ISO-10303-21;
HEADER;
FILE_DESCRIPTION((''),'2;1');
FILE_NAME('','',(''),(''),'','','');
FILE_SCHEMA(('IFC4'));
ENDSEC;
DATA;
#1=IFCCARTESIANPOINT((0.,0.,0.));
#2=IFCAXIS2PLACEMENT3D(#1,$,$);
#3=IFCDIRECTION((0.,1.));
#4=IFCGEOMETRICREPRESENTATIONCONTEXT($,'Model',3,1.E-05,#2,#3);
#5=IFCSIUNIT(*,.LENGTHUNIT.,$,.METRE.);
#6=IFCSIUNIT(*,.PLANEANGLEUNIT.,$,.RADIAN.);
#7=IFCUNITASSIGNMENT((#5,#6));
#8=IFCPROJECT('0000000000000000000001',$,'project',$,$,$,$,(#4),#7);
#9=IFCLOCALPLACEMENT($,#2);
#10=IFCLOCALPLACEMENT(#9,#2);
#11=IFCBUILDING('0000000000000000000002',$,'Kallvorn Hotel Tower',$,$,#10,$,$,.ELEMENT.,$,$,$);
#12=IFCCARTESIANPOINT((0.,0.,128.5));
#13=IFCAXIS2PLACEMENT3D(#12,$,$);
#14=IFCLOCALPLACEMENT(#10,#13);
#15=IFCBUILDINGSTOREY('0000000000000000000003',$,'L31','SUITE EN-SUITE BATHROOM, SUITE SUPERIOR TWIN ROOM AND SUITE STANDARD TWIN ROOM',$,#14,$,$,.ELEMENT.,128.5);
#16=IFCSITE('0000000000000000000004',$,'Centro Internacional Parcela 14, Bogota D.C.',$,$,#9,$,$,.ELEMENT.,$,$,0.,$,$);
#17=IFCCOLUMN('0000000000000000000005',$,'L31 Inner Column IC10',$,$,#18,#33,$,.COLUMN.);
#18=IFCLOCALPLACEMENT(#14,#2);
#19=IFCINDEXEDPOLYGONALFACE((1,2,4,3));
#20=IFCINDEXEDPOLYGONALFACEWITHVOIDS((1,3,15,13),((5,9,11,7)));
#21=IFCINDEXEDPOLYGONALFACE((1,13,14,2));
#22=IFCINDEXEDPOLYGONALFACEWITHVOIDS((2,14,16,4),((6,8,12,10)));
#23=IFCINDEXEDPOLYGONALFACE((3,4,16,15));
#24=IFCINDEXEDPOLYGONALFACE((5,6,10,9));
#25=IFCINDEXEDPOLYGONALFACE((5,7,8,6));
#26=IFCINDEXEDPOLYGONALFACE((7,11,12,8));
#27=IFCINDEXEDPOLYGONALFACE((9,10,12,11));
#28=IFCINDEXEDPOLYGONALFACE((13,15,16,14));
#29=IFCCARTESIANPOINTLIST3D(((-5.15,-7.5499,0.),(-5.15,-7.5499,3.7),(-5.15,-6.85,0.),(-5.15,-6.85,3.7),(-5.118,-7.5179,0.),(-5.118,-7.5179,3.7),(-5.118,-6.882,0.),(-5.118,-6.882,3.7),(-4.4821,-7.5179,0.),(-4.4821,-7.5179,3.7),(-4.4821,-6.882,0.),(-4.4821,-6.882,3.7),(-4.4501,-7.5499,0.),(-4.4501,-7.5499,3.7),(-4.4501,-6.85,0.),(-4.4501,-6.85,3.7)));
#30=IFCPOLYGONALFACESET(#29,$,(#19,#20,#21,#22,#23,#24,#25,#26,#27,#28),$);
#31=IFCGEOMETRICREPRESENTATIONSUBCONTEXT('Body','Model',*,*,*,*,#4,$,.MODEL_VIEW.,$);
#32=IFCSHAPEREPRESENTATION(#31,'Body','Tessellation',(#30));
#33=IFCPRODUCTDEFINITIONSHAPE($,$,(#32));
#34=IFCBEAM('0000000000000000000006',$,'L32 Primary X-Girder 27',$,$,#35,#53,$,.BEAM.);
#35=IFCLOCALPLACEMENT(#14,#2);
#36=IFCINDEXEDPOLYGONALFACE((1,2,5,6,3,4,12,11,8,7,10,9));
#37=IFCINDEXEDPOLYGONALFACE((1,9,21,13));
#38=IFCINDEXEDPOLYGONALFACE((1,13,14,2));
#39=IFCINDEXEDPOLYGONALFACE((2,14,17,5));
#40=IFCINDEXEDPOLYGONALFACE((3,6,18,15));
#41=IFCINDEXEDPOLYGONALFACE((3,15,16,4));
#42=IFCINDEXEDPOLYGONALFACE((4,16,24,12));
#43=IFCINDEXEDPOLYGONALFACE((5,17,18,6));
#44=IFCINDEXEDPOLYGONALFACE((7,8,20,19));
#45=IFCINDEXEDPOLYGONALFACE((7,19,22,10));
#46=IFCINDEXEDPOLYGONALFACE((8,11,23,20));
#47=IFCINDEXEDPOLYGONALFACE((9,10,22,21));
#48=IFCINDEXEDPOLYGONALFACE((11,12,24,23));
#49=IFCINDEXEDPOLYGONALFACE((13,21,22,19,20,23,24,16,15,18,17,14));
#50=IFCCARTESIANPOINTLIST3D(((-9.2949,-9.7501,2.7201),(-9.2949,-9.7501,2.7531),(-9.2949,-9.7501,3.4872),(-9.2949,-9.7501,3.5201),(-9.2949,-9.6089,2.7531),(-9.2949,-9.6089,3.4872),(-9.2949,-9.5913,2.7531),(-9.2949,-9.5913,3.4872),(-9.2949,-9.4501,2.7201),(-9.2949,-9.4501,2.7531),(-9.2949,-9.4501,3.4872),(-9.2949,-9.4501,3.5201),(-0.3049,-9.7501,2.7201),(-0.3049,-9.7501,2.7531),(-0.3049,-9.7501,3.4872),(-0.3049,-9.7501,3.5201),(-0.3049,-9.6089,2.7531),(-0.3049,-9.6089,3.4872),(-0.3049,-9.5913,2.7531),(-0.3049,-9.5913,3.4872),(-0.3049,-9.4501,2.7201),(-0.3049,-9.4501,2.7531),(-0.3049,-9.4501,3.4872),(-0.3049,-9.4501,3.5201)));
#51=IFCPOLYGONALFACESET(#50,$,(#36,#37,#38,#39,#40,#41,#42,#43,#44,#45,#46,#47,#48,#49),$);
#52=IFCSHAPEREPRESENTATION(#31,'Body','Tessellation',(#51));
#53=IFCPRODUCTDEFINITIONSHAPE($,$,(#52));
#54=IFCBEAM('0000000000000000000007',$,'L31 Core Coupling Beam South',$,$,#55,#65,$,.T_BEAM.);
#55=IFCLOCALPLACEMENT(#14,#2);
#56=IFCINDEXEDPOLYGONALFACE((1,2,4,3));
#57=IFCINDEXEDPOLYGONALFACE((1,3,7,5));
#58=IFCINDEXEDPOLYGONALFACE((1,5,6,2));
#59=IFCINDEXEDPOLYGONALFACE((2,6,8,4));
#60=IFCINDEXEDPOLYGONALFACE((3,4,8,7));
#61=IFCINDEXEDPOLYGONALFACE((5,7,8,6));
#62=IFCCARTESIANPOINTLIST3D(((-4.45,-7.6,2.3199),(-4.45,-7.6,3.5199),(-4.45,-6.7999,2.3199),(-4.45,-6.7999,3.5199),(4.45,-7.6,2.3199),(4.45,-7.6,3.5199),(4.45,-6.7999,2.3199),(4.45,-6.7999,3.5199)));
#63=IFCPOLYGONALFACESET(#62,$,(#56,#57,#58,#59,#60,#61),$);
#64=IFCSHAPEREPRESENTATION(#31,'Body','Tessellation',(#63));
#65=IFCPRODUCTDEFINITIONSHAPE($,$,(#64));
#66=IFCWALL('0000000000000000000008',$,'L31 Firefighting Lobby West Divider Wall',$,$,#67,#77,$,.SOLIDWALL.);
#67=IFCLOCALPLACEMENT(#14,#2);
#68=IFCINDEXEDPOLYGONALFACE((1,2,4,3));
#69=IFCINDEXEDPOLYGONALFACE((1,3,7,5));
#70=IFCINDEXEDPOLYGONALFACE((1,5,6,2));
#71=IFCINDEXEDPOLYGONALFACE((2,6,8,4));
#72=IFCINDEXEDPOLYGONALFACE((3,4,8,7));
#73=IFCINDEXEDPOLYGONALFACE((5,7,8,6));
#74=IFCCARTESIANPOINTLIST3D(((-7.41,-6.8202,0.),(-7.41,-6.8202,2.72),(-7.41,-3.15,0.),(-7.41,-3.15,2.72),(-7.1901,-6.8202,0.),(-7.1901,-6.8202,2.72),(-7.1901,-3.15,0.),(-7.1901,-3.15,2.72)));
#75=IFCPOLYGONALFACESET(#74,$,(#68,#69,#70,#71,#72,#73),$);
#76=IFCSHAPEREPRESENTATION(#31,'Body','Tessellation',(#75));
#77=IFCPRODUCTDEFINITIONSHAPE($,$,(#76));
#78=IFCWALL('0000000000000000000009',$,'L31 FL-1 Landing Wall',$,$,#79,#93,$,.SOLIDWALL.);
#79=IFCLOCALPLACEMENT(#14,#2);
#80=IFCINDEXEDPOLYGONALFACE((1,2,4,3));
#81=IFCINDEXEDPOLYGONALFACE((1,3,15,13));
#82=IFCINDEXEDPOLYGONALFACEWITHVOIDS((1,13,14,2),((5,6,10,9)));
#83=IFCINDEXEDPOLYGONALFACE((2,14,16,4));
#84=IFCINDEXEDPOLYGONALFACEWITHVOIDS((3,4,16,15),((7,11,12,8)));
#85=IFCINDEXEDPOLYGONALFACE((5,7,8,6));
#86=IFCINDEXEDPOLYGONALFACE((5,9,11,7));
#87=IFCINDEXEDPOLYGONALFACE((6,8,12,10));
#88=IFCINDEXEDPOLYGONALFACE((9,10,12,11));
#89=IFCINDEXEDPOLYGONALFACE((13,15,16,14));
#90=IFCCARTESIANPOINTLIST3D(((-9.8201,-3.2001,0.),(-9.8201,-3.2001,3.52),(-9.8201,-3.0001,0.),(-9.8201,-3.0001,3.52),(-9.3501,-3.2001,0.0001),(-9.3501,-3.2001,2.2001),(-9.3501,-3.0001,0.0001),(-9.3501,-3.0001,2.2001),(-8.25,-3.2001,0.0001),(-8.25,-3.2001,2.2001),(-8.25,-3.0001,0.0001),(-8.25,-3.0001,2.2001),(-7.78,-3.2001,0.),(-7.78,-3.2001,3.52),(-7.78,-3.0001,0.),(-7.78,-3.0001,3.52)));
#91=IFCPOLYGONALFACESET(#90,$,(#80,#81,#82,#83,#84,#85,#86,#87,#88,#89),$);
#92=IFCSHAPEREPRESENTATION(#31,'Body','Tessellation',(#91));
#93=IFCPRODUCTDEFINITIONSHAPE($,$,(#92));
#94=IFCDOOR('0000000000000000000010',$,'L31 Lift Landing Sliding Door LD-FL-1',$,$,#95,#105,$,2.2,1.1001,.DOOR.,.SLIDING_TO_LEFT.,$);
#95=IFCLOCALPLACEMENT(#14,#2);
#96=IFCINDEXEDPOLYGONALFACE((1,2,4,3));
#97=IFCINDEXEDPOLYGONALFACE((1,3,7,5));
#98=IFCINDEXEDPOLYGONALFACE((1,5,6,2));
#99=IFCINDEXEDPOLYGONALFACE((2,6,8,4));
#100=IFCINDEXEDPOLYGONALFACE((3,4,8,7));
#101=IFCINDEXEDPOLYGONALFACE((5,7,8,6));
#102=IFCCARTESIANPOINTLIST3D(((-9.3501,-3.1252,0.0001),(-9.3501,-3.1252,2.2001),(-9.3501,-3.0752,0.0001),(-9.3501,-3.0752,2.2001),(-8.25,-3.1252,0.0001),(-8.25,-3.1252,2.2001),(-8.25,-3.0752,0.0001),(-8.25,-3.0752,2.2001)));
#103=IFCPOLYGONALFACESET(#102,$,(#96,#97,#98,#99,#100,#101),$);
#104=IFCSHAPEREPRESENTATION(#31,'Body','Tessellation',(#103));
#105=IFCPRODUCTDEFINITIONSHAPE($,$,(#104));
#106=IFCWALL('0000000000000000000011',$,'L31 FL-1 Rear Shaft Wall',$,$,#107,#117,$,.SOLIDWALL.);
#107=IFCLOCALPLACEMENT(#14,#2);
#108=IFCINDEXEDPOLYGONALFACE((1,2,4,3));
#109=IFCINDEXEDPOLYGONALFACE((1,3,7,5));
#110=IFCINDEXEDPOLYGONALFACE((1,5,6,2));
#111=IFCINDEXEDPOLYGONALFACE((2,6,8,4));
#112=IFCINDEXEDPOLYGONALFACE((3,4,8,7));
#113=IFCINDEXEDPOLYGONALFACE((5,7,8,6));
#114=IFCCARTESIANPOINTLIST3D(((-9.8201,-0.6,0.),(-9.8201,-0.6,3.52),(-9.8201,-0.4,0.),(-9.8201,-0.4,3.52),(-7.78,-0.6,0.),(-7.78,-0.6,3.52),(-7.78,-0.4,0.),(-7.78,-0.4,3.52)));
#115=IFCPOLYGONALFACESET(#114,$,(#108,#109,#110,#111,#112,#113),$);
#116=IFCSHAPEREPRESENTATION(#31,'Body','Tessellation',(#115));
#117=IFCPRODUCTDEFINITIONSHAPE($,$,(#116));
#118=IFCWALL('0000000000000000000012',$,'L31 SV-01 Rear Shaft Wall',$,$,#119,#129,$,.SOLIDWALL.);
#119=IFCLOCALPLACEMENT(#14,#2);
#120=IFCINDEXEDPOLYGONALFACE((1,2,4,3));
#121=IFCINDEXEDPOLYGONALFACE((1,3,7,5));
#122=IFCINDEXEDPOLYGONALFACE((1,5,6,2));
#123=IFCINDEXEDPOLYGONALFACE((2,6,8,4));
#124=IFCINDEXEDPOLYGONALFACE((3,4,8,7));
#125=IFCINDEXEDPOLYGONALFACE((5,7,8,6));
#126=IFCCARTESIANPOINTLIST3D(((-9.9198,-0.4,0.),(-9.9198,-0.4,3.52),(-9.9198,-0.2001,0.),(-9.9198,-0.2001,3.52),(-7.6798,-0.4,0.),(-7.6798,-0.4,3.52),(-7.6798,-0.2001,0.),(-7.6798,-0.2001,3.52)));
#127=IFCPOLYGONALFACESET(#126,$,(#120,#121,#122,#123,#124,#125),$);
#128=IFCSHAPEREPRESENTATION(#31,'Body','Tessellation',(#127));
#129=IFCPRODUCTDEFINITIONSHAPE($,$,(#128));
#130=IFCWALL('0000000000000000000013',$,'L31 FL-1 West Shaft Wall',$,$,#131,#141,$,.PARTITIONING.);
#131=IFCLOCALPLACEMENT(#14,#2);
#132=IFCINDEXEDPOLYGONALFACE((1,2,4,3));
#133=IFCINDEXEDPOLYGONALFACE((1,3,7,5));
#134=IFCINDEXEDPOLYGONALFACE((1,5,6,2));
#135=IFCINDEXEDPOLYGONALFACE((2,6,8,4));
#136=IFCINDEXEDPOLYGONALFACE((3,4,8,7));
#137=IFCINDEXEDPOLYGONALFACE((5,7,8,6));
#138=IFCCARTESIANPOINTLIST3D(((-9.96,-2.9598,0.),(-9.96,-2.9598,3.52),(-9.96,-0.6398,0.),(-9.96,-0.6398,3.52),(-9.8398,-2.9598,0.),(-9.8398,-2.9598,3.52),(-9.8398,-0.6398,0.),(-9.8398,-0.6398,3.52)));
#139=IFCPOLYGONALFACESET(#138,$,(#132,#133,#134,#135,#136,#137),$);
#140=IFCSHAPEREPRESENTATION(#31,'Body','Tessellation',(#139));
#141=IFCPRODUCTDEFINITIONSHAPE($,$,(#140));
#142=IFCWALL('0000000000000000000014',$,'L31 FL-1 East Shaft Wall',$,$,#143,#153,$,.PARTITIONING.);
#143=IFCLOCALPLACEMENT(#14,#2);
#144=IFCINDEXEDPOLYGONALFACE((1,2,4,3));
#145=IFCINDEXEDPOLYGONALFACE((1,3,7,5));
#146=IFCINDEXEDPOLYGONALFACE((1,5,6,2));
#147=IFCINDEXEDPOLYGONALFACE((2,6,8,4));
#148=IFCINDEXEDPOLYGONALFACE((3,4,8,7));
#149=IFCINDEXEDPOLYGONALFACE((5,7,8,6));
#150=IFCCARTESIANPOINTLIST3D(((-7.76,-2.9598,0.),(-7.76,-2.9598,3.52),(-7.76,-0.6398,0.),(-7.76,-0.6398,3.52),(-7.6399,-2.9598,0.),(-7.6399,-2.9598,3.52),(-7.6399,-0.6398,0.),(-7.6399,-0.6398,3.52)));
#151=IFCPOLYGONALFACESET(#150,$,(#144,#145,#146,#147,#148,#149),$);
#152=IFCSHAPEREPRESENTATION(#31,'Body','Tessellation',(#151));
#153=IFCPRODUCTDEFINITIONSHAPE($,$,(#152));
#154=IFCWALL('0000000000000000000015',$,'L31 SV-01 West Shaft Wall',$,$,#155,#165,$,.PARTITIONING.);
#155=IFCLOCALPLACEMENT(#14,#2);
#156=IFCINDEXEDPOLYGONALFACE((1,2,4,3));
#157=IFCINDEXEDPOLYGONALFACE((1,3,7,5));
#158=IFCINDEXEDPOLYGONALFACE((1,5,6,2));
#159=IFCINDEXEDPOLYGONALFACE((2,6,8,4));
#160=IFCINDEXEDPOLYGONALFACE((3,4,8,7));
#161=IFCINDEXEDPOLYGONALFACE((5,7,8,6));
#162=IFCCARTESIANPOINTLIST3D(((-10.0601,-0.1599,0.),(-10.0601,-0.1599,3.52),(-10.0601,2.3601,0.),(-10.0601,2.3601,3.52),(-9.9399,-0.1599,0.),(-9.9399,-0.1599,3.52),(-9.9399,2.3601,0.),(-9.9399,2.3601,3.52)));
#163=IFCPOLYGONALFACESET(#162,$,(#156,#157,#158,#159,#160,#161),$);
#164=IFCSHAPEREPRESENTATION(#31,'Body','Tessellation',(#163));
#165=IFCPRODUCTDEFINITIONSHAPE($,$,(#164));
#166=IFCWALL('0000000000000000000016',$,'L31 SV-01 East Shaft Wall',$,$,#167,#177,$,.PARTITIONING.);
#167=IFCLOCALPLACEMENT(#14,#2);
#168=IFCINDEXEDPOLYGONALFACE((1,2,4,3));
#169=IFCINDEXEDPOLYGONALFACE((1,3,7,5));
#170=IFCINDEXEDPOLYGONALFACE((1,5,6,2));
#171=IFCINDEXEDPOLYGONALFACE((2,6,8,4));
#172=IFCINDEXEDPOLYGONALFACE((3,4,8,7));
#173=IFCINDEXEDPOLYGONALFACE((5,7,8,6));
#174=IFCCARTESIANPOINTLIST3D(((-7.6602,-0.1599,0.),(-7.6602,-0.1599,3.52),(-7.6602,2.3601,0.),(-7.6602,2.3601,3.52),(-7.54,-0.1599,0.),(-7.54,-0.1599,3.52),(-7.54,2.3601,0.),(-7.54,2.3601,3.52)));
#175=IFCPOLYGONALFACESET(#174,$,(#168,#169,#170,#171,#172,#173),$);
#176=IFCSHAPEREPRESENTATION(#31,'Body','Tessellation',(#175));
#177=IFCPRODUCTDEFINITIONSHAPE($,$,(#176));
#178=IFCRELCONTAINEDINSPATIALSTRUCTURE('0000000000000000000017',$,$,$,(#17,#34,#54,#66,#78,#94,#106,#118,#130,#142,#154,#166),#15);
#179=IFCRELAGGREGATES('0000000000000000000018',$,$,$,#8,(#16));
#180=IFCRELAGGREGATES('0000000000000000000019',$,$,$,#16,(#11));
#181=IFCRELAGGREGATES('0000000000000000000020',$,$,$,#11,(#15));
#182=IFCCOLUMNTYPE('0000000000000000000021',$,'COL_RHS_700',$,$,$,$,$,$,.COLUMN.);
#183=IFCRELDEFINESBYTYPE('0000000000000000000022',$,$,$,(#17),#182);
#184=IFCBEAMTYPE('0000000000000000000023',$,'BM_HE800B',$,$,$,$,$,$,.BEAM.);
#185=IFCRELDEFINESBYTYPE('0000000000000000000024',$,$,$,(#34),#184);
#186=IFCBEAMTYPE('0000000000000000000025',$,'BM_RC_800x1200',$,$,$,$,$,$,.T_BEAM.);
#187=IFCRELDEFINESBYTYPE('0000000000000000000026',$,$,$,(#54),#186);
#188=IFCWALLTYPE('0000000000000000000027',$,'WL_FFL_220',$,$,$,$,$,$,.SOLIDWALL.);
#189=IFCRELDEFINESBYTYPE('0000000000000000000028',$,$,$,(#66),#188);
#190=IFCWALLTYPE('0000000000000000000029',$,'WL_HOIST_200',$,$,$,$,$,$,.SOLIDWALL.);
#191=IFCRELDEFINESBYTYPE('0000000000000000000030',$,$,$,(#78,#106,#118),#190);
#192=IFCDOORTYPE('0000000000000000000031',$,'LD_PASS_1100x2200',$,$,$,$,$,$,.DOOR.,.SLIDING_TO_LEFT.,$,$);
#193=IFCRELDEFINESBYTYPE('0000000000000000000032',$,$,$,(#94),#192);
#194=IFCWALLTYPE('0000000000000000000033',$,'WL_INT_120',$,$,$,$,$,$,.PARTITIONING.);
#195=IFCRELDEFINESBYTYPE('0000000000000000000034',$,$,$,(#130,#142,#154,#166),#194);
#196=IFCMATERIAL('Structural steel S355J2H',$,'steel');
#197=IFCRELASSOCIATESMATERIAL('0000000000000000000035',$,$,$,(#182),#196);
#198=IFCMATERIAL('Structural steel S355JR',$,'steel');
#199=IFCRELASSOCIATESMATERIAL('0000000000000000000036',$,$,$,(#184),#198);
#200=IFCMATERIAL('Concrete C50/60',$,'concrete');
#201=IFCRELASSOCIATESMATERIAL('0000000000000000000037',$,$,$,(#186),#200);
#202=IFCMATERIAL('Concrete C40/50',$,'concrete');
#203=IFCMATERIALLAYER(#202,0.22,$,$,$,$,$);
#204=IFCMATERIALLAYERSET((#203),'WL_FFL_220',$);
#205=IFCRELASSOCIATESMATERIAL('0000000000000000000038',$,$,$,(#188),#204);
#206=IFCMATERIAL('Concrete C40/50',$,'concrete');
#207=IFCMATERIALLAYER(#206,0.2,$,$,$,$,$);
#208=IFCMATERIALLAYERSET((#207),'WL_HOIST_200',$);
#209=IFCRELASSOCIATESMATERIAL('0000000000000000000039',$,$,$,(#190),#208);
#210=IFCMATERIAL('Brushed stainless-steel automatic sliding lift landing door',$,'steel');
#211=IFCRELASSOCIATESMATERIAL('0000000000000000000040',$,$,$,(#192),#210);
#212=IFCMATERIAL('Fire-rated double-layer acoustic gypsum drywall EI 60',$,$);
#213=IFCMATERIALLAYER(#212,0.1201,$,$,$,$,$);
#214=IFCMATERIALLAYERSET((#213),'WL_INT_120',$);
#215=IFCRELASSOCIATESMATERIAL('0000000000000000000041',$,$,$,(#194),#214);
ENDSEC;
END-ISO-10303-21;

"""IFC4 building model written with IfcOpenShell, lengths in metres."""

from ifc_helpers import new_model, si_unit, direction, frame, frame_2d, origin, origin_2d, place, context, subcontext, project, spatial, rectangle, hollow_rectangle, i_section, extrude, material, layer, layer_set, material_profile, profile_set, type_object, element, fill, save


model = new_model("IFC4")

# Units and contexts
model_context = context("Model", 3, precision=1e-05, world=origin(), true_north=direction((0.0, 1.0)))
body_context = subcontext(model_context, "Body", "Model", "MODEL_VIEW")
ifc_project = project(units=[si_unit("LENGTHUNIT", "METRE"), si_unit("PLANEANGLEUNIT", "RADIAN")], contexts=[model_context])

# Site, building, storey
site_placement = place(None, origin())
site = spatial("IfcSite", under=ifc_project, at=site_placement, Name="Centro Internacional Parcela 14, Bogota D.C.", CompositionType="ELEMENT", RefElevation=0.0)
building_placement = place(site_placement, origin())
building = spatial("IfcBuilding", under=site, at=building_placement, Name="Kallvorn Hotel Tower", CompositionType="ELEMENT")
storey_placement = place(building_placement, frame((0.0, 0.0, 128.5)))
storey = spatial("IfcBuildingStorey", under=building, at=storey_placement, Name="L31", Description="SUITE EN-SUITE BATHROOM, SUITE SUPERIOR TWIN ROOM AND SUITE STANDARD TWIN ROOM", CompositionType="ELEMENT", Elevation=128.5)

# Column
ifc_material_1 = material(Name="Structural steel S355J2H", Category="steel")
ifc_material_profile_1 = material_profile(ifc_material_1, hollow_rectangle(XDim=0.7, YDim=0.7, WallThickness=0.032, at=origin_2d()), Name="RHS 700x700x32")
ifc_profile_set_1 = profile_set([ifc_material_profile_1], Name="Structural steel S355J2H")
column_type = type_object("IfcColumnType", Name="COL_RHS_700", PredefinedType="COLUMN", material=ifc_profile_set_1)
column_placement = place(storey_placement, frame((-4.8, -7.2, 0.0), z_axis=(0.0, 0.0, 1.0), x_axis=(1.0, 0.0, 0.0)))
element("IfcColumn", 1, at=column_placement, inside=storey, type_object=column_type, Name="L31 Inner Column IC10", PredefinedType="COLUMN", context=body_context, shape_type="SweptSolid", body=[
    extrude(hollow_rectangle(XDim=0.7, YDim=0.7, WallThickness=0.032, at=origin_2d()), origin(), (0.0, 0.0, 1.0), 3.7),
])

# Beams
ifc_material_2 = material(Name="Structural steel S355JR", Category="steel")
ifc_material_profile_2 = material_profile(ifc_material_2, i_section(OverallWidth=0.3, OverallDepth=0.8, WebThickness=0.0176, FlangeThickness=0.033, at=origin_2d()), Name="HE 800 B")
ifc_profile_set_2 = profile_set([ifc_material_profile_2], Name="Structural steel S355JR")
beam_type_1 = type_object("IfcBeamType", Name="BM_HE800B", PredefinedType="BEAM", material=ifc_profile_set_2)
beam_1_placement = place(storey_placement, frame((-9.2949, -9.6001, 3.1201), z_axis=(1.0, 0.0, 0.0), x_axis=(0.0, 1.0, 0.0)))
element("IfcBeam", 2, at=beam_1_placement, inside=storey, type_object=beam_type_1, Name="L32 Primary X-Girder 27", PredefinedType="BEAM", context=body_context, shape_type="SweptSolid", body=[
    extrude(i_section(OverallWidth=0.3, OverallDepth=0.8, WebThickness=0.0176, FlangeThickness=0.033, at=origin_2d()), origin(), (0.0, 0.0, 1.0), 8.99),
])
ifc_material_3 = material(Name="Concrete C50/60", Category="concrete")
ifc_material_profile_3 = material_profile(ifc_material_3, rectangle(XDim=0.8, YDim=1.2, at=origin_2d()), Name="RC 800x1200")
ifc_profile_set_3 = profile_set([ifc_material_profile_3], Name="Concrete C50/60")
beam_type_2 = type_object("IfcBeamType", Name="BM_RC_800x1200", PredefinedType="T_BEAM", material=ifc_profile_set_3)
beam_2_placement = place(storey_placement, frame((-4.45, -7.2, 2.9199), z_axis=(1.0, 0.0, 0.0), x_axis=(0.0, 1.0, 0.0)))
element("IfcBeam", 3, at=beam_2_placement, inside=storey, type_object=beam_type_2, Name="L31 Core Coupling Beam South", PredefinedType="T_BEAM", context=body_context, shape_type="SweptSolid", body=[
    extrude(rectangle(XDim=0.8, YDim=1.2, at=origin_2d()), origin(), (0.0, 0.0, 1.0), 8.8999),
])

# Wall
ifc_material_4 = material(Name="Concrete C40/50", Category="concrete")
ifc_layer_1 = layer(ifc_material_4, 0.22)
ifc_layer_set_1 = layer_set([ifc_layer_1], Name="WL_FFL_220")
wall_type_1 = type_object("IfcWallType", Name="WL_FFL_220", PredefinedType="SOLIDWALL", material=ifc_layer_set_1)
wall_1_placement = place(storey_placement, frame((-7.3, -6.8201, 0.0), z_axis=(0.0, 0.0, 1.0), x_axis=(0.0, 1.0, 0.0)))
element("IfcWall", 4, at=wall_1_placement, inside=storey, type_object=wall_type_1, Name="L31 Firefighting Lobby West Divider Wall", PredefinedType="SOLIDWALL", context=body_context, shape_type="SweptSolid", body=[
    extrude(rectangle(XDim=3.6702, YDim=0.22, at=frame_2d((1.835, 0.0))), origin(), (0.0, 0.0, 1.0), 2.72),
])

# Wall, opening, door
ifc_material_5 = material(Name="Concrete C40/50", Category="concrete")
ifc_layer_2 = layer(ifc_material_5, 0.2)
ifc_layer_set_2 = layer_set([ifc_layer_2], Name="WL_HOIST_200")
wall_type_2 = type_object("IfcWallType", Name="WL_HOIST_200", PredefinedType="SOLIDWALL", material=ifc_layer_set_2)
wall_2_placement = place(storey_placement, frame((-9.8201, -3.1001, 0.0), z_axis=(0.0, 0.0, 1.0), x_axis=(1.0, 0.0, 0.0)))
wall_2 = element("IfcWall", 5, at=wall_2_placement, inside=storey, type_object=wall_type_2, Name="L31 FL-1 Landing Wall", PredefinedType="SOLIDWALL", context=body_context, shape_type="SweptSolid", body=[
    extrude(rectangle(XDim=2.04, YDim=0.2, at=frame_2d((1.02, 0.0))), origin(), (0.0, 0.0, 1.0), 3.52),
])
opening_1_placement = place(wall_2_placement, frame((0.47, 0.0, 0.0)))
opening_1 = element("IfcOpeningElement", 6, at=opening_1_placement, cuts=wall_2, PredefinedType="OPENING", context=body_context, shape_type="SweptSolid", body=[
    extrude(rectangle(XDim=1.1001, YDim=2.2, at=frame_2d((0.55, 1.1001))), frame((0.0, 0.115, 0.0), z_axis=(0.0, -1.0, 0.0), x_axis=(1.0, 0.0, 0.0)), (0.0, 0.0, 1.0), 0.23),
])
ifc_material_6 = material(Name="Brushed stainless-steel automatic sliding lift landing door", Category="steel")
door_type_1 = type_object("IfcDoorType", Name="LD_PASS_1100x2200", OperationType="SLIDING_TO_LEFT", PredefinedType="DOOR", material=ifc_material_6)
door_1_placement = place(opening_1_placement, origin())
door_1 = element("IfcDoor", 7, at=door_1_placement, inside=storey, type_object=door_type_1, Name="L31 Lift Landing Sliding Door LD-FL-1", OperationType="SLIDING_TO_LEFT", OverallHeight=2.2, OverallWidth=1.1001, PredefinedType="DOOR", context=body_context, shape_type="SweptSolid", body=[
    extrude(rectangle(XDim=1.1001, YDim=2.2, at=frame_2d((0.55, 1.1001))), frame((0.0, 0.0249, 0.0), z_axis=(0.0, -1.0, 0.0), x_axis=(1.0, 0.0, 0.0)), (0.0, 0.0, 1.0), 0.05),
])
fill(opening_1, door_1)

# Walls
wall_3_placement = place(storey_placement, frame((-9.8201, -0.5, 0.0), z_axis=(0.0, 0.0, 1.0), x_axis=(1.0, 0.0, 0.0)))
element("IfcWall", 8, at=wall_3_placement, inside=storey, type_object=wall_type_2, Name="L31 FL-1 Rear Shaft Wall", PredefinedType="SOLIDWALL", context=body_context, shape_type="SweptSolid", body=[
    extrude(rectangle(XDim=2.04, YDim=0.2, at=frame_2d((1.02, 0.0))), origin(), (0.0, 0.0, 1.0), 3.52),
])
wall_4_placement = place(storey_placement, frame((-9.9199, -0.3, 0.0), z_axis=(0.0, 0.0, 1.0), x_axis=(1.0, 0.0, 0.0)))
element("IfcWall", 9, at=wall_4_placement, inside=storey, type_object=wall_type_2, Name="L31 SV-01 Rear Shaft Wall", PredefinedType="SOLIDWALL", context=body_context, shape_type="SweptSolid", body=[
    extrude(rectangle(XDim=2.24, YDim=0.2, at=frame_2d((1.1201, 0.0))), origin(), (0.0, 0.0, 1.0), 3.52),
])
ifc_material_7 = material(Name="Fire-rated double-layer acoustic gypsum drywall EI 60")
ifc_layer_3 = layer(ifc_material_7, 0.1201)
ifc_layer_set_3 = layer_set([ifc_layer_3], Name="WL_INT_120")
wall_type_3 = type_object("IfcWallType", Name="WL_INT_120", PredefinedType="PARTITIONING", material=ifc_layer_set_3)
for number, where, z_axis, x_axis, name in (
    (10, (-9.8999, -2.96, 0.0), (0.0, 0.0, 1.0), (0.0, 1.0, 0.0), "L31 FL-1 West Shaft Wall"),
    (11, (-7.7, -2.96, 0.0), (0.0, 0.0, 1.0), (0.0, 1.0, 0.0), "L31 FL-1 East Shaft Wall"),
):
    element("IfcWall", number, at=place(storey_placement, frame(where, z_axis=z_axis, x_axis=x_axis)), inside=storey, type_object=wall_type_3, Name=name, PredefinedType="PARTITIONING", context=body_context, shape_type="SweptSolid", body=[
        extrude(rectangle(XDim=2.3201, YDim=0.1201, at=frame_2d((1.1602, 0.0))), origin(), (0.0, 0.0, 1.0), 3.52),
    ])
for number, where, z_axis, x_axis, name in (
    (12, (-10.0, -0.1599, 0.0), (0.0, 0.0, 1.0), (0.0, 1.0, 0.0), "L31 SV-01 West Shaft Wall"),
    (13, (-7.6001, -0.1599, 0.0), (0.0, 0.0, 1.0), (0.0, 1.0, 0.0), "L31 SV-01 East Shaft Wall"),
):
    element("IfcWall", number, at=place(storey_placement, frame(where, z_axis=z_axis, x_axis=x_axis)), inside=storey, type_object=wall_type_3, Name=name, PredefinedType="PARTITIONING", context=body_context, shape_type="SweptSolid", body=[
        extrude(rectangle(XDim=2.52, YDim=0.1201, at=frame_2d((1.26, 0.0))), origin(), (0.0, 0.0, 1.0), 3.52),
    ])

save(model, "model.ifc")
